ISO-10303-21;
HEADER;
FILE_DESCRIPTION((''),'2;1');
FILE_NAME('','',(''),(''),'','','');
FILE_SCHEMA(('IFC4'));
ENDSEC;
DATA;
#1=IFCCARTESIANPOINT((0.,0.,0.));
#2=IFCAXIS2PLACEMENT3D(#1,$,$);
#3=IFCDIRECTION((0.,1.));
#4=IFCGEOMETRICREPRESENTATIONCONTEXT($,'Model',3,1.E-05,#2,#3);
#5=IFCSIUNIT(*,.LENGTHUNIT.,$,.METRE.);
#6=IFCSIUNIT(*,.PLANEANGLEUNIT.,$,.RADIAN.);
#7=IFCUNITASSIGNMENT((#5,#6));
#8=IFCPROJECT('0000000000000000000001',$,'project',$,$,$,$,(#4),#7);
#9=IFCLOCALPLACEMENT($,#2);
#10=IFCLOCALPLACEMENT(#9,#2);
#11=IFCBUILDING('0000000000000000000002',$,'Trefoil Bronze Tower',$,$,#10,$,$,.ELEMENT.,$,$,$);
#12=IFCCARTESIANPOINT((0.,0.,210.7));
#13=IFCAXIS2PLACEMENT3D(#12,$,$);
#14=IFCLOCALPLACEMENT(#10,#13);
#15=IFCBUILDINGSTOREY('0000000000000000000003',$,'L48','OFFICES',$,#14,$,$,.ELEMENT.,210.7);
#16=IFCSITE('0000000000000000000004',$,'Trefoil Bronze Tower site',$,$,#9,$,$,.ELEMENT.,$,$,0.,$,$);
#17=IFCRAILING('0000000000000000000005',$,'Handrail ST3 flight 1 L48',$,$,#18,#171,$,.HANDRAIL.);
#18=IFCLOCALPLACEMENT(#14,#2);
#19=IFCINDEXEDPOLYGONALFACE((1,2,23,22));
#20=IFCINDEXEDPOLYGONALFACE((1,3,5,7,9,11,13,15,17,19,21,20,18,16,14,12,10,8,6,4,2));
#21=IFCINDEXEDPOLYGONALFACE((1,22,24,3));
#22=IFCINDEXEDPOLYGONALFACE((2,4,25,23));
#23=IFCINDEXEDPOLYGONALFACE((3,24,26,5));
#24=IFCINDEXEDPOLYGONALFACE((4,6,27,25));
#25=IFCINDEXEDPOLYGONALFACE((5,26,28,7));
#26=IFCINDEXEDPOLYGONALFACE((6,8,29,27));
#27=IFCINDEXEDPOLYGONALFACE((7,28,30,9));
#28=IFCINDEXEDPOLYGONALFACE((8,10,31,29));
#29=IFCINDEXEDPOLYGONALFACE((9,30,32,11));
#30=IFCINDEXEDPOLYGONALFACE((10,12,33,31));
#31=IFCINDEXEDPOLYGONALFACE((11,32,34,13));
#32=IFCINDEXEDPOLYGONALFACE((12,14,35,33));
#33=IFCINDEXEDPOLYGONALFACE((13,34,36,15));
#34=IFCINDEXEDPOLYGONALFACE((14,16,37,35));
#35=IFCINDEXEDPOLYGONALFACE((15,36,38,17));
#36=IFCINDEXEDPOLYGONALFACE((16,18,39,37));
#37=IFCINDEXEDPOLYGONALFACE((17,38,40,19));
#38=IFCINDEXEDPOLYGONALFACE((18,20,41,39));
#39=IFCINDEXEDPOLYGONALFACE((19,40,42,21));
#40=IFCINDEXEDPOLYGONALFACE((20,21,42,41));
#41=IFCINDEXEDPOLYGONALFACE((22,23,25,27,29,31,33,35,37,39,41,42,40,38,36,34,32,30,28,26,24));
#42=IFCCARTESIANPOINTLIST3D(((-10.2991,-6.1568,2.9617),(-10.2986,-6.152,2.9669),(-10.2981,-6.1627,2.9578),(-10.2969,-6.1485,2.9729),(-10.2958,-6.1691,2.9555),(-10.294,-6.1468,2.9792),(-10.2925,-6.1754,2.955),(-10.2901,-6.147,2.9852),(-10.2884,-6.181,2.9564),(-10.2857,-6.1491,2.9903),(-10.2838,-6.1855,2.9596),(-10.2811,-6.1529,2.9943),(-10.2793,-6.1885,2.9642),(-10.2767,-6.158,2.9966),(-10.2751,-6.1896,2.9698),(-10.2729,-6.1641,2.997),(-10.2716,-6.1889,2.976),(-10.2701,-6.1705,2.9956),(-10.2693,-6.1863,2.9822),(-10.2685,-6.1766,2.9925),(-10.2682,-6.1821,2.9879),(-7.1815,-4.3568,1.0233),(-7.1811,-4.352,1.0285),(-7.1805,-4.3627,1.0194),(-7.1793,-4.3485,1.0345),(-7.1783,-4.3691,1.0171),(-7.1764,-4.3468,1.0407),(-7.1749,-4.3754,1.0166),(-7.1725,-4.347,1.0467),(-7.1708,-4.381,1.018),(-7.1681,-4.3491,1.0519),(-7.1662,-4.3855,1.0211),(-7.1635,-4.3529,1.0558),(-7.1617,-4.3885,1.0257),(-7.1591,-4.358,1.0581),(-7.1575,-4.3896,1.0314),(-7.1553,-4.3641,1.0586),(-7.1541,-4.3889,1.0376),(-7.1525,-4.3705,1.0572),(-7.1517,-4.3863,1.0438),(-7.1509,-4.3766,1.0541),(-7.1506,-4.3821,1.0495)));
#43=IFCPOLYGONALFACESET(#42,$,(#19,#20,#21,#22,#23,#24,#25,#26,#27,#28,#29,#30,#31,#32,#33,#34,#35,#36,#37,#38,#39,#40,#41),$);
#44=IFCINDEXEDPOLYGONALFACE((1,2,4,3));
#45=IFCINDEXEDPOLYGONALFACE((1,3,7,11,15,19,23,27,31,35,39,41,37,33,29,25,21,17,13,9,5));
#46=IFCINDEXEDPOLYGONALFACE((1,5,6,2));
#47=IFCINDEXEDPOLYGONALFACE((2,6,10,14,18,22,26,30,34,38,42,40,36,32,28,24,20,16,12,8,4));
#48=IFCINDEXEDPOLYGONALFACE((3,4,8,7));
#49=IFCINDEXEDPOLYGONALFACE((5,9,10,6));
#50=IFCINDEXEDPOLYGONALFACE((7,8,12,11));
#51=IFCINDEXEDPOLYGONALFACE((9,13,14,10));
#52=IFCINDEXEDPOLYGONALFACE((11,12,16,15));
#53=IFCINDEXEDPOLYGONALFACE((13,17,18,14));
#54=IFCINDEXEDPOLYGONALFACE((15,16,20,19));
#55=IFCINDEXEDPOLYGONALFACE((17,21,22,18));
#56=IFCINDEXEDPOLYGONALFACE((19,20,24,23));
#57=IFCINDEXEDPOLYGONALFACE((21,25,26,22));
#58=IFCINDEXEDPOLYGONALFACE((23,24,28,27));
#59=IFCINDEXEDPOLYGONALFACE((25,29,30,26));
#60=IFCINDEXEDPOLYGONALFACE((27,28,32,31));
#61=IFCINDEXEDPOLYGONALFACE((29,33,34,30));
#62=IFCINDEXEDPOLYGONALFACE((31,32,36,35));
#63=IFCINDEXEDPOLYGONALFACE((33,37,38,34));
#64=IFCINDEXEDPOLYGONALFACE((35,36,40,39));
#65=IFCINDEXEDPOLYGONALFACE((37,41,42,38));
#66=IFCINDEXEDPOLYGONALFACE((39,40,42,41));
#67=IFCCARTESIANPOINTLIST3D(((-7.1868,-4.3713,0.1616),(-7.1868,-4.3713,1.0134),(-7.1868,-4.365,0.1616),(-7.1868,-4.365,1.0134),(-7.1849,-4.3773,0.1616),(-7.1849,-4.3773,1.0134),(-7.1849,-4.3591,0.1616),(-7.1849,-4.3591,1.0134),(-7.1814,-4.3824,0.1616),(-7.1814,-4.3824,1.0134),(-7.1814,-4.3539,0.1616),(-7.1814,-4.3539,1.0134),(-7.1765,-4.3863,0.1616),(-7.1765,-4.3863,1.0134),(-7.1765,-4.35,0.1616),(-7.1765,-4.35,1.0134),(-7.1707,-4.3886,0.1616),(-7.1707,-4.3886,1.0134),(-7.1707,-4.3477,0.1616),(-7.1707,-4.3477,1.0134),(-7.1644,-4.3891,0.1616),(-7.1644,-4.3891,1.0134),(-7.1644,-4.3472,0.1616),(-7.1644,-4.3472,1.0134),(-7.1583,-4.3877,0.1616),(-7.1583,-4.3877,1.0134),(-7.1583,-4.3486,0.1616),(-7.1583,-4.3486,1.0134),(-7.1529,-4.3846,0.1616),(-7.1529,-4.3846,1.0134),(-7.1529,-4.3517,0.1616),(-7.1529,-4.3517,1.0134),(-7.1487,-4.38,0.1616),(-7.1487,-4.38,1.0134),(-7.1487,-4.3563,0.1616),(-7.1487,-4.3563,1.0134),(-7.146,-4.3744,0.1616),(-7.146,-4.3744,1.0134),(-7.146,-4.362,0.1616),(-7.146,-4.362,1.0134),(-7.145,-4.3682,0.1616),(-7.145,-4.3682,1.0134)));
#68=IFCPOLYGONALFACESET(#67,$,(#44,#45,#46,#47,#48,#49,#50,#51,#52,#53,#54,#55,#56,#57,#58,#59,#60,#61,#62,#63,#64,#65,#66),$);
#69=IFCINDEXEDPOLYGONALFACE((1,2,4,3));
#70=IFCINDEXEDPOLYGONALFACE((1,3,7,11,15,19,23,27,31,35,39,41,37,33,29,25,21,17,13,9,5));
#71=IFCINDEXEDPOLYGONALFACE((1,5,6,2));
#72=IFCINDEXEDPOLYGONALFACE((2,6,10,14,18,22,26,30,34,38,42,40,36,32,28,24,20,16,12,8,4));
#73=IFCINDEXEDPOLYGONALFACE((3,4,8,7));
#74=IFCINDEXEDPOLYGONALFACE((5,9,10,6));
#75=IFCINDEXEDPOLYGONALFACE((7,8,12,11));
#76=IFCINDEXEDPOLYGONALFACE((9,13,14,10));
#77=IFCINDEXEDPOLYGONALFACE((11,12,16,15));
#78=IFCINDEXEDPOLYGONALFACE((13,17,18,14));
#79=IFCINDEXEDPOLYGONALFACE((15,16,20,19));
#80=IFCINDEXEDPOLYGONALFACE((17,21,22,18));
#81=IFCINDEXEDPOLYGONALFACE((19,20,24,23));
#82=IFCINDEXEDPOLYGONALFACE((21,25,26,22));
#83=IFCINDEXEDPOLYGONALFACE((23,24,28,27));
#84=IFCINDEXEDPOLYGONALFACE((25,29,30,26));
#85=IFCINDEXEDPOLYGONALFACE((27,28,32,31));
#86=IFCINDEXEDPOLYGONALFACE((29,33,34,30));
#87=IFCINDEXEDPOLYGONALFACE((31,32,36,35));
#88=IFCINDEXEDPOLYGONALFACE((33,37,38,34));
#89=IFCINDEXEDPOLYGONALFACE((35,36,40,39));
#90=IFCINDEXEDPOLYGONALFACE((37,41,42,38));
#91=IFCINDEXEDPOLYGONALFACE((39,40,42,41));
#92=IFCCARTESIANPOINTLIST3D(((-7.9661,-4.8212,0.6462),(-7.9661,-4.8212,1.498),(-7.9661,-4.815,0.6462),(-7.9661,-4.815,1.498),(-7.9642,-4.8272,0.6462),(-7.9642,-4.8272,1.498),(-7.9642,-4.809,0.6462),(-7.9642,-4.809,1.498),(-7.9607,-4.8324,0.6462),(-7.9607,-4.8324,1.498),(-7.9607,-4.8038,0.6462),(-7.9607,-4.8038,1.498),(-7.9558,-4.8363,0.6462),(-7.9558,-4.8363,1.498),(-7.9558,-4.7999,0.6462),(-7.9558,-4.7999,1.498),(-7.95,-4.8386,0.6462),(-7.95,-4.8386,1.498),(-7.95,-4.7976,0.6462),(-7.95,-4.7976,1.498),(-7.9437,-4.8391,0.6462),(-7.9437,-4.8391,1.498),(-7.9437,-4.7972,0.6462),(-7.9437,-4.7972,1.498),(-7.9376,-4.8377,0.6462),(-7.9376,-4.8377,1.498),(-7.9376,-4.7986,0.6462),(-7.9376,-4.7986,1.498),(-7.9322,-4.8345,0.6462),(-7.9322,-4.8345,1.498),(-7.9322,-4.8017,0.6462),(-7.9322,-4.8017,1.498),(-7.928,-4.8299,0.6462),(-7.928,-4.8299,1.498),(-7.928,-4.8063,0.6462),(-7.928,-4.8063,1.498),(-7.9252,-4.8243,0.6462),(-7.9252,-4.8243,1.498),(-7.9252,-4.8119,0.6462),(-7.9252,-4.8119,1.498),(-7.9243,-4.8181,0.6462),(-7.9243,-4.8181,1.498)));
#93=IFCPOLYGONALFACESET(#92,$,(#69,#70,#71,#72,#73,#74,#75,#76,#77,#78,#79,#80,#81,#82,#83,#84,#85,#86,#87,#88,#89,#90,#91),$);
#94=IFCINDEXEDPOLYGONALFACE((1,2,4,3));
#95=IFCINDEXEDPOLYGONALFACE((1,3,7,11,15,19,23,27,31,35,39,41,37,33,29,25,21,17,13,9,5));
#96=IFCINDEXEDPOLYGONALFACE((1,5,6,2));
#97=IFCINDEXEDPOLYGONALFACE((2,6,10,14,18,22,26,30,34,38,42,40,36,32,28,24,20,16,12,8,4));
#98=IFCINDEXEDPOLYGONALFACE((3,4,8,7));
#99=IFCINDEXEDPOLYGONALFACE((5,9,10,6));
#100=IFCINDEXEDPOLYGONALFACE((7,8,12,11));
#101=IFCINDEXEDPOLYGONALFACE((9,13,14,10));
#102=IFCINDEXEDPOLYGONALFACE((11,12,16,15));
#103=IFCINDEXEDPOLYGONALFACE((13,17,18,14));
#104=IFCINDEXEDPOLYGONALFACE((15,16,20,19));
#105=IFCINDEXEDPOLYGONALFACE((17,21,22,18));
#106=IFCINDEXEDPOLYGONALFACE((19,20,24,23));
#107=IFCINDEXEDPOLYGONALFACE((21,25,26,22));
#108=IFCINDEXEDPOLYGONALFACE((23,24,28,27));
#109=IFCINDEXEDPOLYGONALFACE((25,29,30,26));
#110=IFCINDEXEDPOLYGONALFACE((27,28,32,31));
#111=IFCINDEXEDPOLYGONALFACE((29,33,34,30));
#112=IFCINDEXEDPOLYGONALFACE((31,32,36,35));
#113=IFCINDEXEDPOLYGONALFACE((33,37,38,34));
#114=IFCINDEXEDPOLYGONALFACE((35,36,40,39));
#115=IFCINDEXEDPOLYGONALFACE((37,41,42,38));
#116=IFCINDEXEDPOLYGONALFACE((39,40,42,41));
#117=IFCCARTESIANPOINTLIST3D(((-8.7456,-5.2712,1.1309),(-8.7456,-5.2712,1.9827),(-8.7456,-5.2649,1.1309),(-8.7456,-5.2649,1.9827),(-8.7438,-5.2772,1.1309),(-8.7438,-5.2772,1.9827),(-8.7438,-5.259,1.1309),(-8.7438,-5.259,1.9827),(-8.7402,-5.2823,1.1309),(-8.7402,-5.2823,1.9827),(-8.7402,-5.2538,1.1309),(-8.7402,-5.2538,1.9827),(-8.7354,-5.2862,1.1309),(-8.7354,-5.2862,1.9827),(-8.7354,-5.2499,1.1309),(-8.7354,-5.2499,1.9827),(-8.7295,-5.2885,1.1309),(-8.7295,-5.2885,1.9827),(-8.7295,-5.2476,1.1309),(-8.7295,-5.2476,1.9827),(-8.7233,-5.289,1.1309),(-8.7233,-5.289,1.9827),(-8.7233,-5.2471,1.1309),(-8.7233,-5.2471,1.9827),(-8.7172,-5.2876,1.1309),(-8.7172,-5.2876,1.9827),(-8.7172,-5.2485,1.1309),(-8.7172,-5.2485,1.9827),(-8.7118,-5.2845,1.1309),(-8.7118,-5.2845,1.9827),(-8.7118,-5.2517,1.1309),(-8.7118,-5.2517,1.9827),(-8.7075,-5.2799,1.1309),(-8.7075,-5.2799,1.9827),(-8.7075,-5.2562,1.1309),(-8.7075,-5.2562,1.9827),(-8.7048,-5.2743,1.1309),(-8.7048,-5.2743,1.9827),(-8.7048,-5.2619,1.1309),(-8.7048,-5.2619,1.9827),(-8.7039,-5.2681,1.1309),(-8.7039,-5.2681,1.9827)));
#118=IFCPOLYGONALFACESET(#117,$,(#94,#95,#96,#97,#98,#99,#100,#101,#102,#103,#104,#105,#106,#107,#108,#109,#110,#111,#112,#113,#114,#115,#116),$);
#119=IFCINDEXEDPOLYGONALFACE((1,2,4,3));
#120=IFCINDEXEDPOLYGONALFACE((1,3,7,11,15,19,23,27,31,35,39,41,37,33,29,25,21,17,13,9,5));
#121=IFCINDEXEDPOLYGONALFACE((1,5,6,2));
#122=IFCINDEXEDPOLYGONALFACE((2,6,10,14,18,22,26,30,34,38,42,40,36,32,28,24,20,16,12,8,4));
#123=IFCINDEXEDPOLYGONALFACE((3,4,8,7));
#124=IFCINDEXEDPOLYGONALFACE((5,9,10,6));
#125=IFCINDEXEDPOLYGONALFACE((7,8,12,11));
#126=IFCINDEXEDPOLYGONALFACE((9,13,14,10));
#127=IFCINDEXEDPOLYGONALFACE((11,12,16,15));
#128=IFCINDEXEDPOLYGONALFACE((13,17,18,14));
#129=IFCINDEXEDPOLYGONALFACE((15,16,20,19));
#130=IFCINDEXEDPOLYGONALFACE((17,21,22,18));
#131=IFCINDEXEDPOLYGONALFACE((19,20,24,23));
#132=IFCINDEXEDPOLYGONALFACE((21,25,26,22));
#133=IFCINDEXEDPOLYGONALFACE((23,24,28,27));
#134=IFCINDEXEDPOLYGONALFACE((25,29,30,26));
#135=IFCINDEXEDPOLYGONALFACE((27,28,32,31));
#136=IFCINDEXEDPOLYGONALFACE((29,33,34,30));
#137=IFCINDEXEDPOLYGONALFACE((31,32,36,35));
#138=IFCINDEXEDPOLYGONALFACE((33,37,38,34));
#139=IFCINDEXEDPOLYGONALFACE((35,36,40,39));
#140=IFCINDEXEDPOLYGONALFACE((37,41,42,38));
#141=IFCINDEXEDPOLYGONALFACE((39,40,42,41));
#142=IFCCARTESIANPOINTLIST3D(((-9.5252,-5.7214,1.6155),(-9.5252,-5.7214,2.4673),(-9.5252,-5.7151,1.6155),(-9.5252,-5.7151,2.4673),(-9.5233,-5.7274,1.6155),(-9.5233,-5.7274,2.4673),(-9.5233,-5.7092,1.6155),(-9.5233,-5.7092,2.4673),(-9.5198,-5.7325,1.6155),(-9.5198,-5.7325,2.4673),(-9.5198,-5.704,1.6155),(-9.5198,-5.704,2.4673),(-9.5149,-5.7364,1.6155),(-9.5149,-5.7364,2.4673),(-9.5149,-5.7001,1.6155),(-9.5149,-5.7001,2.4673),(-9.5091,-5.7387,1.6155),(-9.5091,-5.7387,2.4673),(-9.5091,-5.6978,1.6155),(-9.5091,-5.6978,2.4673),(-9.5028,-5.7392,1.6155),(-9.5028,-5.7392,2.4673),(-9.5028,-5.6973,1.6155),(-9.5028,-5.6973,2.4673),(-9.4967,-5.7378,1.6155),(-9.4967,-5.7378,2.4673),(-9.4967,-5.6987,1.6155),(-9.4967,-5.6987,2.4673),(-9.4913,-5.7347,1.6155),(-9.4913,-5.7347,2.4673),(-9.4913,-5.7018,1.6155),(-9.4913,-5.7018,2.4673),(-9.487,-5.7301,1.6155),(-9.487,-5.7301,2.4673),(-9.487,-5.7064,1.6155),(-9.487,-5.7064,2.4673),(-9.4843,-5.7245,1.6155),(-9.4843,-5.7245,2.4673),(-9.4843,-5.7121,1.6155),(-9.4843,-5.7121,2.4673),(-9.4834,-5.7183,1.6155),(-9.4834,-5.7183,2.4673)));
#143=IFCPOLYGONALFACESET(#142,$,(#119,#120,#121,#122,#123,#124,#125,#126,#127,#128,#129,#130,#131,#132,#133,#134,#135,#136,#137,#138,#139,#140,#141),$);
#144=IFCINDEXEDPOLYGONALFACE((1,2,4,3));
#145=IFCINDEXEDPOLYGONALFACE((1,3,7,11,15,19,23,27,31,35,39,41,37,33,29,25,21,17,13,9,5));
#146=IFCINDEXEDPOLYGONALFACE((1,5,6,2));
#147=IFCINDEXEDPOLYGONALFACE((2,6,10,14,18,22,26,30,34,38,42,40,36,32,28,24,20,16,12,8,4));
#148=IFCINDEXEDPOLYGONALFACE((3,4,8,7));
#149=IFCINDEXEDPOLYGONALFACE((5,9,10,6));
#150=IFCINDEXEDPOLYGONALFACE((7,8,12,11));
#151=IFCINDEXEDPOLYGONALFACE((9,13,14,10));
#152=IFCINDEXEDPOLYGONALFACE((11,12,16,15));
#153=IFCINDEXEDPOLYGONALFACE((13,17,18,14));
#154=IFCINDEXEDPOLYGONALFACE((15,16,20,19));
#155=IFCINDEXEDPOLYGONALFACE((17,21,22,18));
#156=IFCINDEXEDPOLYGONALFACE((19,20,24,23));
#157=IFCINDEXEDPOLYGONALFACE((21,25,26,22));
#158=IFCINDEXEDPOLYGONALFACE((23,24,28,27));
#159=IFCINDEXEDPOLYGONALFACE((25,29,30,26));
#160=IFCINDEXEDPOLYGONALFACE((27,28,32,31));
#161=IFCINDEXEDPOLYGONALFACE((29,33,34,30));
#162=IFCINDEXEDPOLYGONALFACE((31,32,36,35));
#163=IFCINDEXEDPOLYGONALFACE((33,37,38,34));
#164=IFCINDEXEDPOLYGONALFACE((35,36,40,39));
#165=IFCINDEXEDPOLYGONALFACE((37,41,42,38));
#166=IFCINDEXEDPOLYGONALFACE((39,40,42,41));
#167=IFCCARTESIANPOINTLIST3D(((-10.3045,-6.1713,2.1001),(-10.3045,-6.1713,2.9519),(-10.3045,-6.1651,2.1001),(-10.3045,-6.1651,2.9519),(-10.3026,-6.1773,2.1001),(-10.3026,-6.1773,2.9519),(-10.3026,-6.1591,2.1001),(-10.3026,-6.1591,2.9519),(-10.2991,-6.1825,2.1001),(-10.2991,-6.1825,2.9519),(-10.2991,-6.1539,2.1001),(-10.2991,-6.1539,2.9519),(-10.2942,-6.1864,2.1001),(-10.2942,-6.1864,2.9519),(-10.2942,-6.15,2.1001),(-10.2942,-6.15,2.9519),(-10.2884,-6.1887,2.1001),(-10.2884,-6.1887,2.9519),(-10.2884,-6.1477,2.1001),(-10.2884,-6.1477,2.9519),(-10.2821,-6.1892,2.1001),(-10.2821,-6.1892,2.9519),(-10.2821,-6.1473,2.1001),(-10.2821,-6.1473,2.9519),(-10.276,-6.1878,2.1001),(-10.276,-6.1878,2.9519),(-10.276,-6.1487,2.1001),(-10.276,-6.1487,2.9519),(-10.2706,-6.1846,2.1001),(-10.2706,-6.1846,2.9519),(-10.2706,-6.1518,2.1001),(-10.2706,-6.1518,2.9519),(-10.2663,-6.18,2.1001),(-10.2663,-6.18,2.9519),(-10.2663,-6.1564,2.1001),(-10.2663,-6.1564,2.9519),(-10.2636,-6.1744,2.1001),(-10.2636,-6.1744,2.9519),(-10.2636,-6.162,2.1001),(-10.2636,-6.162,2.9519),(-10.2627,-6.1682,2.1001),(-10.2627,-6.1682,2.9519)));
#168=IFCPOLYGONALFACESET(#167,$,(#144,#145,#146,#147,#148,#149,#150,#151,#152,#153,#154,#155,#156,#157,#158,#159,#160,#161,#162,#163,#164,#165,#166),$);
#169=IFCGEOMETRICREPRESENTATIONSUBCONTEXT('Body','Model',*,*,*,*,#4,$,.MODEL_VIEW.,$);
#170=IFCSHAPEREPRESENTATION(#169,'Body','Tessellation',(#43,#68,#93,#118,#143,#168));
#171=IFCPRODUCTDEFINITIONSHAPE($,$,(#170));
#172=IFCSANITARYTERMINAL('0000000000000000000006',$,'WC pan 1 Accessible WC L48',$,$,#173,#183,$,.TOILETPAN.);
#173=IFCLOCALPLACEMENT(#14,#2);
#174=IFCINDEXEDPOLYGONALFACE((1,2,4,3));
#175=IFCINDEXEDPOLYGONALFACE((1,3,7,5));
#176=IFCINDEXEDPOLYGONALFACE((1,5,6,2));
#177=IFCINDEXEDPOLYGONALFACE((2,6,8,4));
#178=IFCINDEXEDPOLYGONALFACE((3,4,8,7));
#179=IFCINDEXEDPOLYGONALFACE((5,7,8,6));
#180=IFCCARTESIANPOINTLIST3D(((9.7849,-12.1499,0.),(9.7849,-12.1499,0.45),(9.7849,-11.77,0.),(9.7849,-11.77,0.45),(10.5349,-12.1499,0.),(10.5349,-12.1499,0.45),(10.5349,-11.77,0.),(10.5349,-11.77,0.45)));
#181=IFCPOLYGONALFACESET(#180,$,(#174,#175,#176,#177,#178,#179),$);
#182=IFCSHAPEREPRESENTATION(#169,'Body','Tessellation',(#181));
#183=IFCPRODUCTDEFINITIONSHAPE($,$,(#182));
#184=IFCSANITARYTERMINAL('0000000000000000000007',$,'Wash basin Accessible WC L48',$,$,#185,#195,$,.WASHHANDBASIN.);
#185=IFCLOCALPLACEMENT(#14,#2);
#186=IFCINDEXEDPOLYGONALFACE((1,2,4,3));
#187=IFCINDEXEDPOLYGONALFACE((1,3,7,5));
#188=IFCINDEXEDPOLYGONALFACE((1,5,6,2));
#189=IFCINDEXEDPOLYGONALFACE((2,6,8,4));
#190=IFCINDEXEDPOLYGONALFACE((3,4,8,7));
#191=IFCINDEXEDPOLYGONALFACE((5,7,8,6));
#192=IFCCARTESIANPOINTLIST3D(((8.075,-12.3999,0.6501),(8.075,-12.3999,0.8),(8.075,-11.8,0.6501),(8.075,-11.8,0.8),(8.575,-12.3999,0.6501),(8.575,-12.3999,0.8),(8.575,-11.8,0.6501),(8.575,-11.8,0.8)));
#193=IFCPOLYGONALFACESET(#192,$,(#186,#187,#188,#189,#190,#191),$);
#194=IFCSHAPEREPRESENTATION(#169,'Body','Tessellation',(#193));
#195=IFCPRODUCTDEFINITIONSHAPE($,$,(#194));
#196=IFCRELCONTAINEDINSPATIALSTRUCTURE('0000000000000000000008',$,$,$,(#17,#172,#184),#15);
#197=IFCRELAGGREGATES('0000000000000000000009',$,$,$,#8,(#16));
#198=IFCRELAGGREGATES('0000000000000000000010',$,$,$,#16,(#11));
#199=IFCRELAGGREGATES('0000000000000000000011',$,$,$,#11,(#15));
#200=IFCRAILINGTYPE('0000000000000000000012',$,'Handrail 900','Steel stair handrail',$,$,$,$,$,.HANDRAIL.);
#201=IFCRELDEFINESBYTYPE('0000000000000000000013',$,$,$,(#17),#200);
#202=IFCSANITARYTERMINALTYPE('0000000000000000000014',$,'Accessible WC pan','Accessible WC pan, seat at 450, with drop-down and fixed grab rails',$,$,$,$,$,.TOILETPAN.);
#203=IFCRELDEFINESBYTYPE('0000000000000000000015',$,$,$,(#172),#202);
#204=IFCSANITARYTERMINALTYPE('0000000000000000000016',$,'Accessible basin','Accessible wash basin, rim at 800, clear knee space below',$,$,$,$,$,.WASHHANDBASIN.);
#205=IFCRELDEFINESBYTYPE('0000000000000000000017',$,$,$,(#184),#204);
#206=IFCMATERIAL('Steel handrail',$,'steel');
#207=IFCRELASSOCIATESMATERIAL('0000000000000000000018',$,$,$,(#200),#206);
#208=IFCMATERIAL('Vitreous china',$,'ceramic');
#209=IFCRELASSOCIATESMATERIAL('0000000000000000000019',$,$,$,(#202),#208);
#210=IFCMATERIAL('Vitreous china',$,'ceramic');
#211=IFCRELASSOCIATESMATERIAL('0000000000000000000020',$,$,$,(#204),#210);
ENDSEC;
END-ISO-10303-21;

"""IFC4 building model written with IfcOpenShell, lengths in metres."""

from ifc_helpers import new_model, si_unit, direction, frame, origin, origin_2d, place, context, subcontext, project, spatial, polyline, circle, outline, extrude, material, type_object, element, save


model = new_model("IFC4")

# Units and contexts
model_context = context("Model", 3, precision=1e-05, world=origin(), true_north=direction((0.0, 1.0)))
body_context = subcontext(model_context, "Body", "Model", "MODEL_VIEW")
ifc_project = project(units=[si_unit("LENGTHUNIT", "METRE"), si_unit("PLANEANGLEUNIT", "RADIAN")], contexts=[model_context])

# Site, building, storey
site_placement = place(None, origin())
site = spatial("IfcSite", under=ifc_project, at=site_placement, Name="Trefoil Bronze Tower site", CompositionType="ELEMENT", RefElevation=0.0)
building_placement = place(site_placement, origin())
building = spatial("IfcBuilding", under=site, at=building_placement, Name="Trefoil Bronze Tower", CompositionType="ELEMENT")
storey_placement = place(building_placement, frame((0.0, 0.0, 210.7)))
storey = spatial("IfcBuildingStorey", under=building, at=storey_placement, Name="L48", Description="OFFICES", CompositionType="ELEMENT", Elevation=210.7)

# Railing
ifc_material_1 = material(Name="Steel handrail", Category="steel")
railing_type = type_object("IfcRailingType", Name="Handrail 900", Description="Steel stair handrail", PredefinedType="HANDRAIL", material=ifc_material_1)
railing_placement = place(storey_placement, frame((-7.166, -4.3682, 0.1616)))
element("IfcRailing", 1, at=railing_placement, inside=storey, type_object=railing_type, Name="Handrail ST3 flight 1 L48", PredefinedType="HANDRAIL", context=body_context, shape_type="SweptSolid", body=[
    extrude(circle(Radius=0.0239, at=origin_2d()), frame((0.0, 0.0, 0.876), z_axis=(-0.762503, -0.440246, 0.474102), x_axis=(0.500012, -0.866018, 0.0)), (0.0, 0.0, 1.0), 4.0886),
    extrude(circle(Radius=0.021, at=origin_2d()), origin(), (0.0, 0.0, 1.0), 0.8518),
    extrude(circle(Radius=0.021, at=origin_2d()), frame((-0.7793, -0.45, 0.4846)), (0.0, 0.0, 1.0), 0.8518),
    extrude(circle(Radius=0.021, at=origin_2d()), frame((-1.5588, -0.8999, 0.9692)), (0.0, 0.0, 1.0), 0.8518),
    extrude(circle(Radius=0.021, at=origin_2d()), frame((-2.3384, -1.3501, 1.4539)), (0.0, 0.0, 1.0), 0.8518),
    extrude(circle(Radius=0.021, at=origin_2d()), frame((-3.1177, -1.8, 1.9385)), (0.0, 0.0, 1.0), 0.8518),
])

# Sanitary terminals
ifc_material_2 = material(Name="Vitreous china", Category="ceramic")
sanitary_terminal_type_1 = type_object("IfcSanitaryTerminalType", Name="Accessible WC pan", Description="Accessible WC pan, seat at 450, with drop-down and fixed grab rails", PredefinedType="TOILETPAN", material=ifc_material_2)
sanitary_terminal_1_placement = place(storey_placement, origin())
element("IfcSanitaryTerminal", 2, at=sanitary_terminal_1_placement, inside=storey, type_object=sanitary_terminal_type_1, Name="WC pan 1 Accessible WC L48", PredefinedType="TOILETPAN", context=body_context, shape_type="SweptSolid", body=[
    extrude(outline(polyline([(9.7849, -11.77), (10.5349, -11.77), (10.5349, -12.1499), (9.7849, -12.1499), (9.7849, -11.77)])), origin(), (0.0, 0.0, 1.0), 0.45),
])
ifc_material_3 = material(Name="Vitreous china", Category="ceramic")
sanitary_terminal_type_2 = type_object("IfcSanitaryTerminalType", Name="Accessible basin", Description="Accessible wash basin, rim at 800, clear knee space below", PredefinedType="WASHHANDBASIN", material=ifc_material_3)
sanitary_terminal_2_placement = place(storey_placement, frame((0.0, 0.0, 0.6501)))
element("IfcSanitaryTerminal", 3, at=sanitary_terminal_2_placement, inside=storey, type_object=sanitary_terminal_type_2, Name="Wash basin Accessible WC L48", PredefinedType="WASHHANDBASIN", context=body_context, shape_type="SweptSolid", body=[
    extrude(outline(polyline([(8.075, -11.8), (8.575, -11.8), (8.575, -12.3999), (8.075, -12.3999), (8.075, -11.8)])), origin(), (0.0, 0.0, 1.0), 0.1499),
])

save(model, "model.ifc")
